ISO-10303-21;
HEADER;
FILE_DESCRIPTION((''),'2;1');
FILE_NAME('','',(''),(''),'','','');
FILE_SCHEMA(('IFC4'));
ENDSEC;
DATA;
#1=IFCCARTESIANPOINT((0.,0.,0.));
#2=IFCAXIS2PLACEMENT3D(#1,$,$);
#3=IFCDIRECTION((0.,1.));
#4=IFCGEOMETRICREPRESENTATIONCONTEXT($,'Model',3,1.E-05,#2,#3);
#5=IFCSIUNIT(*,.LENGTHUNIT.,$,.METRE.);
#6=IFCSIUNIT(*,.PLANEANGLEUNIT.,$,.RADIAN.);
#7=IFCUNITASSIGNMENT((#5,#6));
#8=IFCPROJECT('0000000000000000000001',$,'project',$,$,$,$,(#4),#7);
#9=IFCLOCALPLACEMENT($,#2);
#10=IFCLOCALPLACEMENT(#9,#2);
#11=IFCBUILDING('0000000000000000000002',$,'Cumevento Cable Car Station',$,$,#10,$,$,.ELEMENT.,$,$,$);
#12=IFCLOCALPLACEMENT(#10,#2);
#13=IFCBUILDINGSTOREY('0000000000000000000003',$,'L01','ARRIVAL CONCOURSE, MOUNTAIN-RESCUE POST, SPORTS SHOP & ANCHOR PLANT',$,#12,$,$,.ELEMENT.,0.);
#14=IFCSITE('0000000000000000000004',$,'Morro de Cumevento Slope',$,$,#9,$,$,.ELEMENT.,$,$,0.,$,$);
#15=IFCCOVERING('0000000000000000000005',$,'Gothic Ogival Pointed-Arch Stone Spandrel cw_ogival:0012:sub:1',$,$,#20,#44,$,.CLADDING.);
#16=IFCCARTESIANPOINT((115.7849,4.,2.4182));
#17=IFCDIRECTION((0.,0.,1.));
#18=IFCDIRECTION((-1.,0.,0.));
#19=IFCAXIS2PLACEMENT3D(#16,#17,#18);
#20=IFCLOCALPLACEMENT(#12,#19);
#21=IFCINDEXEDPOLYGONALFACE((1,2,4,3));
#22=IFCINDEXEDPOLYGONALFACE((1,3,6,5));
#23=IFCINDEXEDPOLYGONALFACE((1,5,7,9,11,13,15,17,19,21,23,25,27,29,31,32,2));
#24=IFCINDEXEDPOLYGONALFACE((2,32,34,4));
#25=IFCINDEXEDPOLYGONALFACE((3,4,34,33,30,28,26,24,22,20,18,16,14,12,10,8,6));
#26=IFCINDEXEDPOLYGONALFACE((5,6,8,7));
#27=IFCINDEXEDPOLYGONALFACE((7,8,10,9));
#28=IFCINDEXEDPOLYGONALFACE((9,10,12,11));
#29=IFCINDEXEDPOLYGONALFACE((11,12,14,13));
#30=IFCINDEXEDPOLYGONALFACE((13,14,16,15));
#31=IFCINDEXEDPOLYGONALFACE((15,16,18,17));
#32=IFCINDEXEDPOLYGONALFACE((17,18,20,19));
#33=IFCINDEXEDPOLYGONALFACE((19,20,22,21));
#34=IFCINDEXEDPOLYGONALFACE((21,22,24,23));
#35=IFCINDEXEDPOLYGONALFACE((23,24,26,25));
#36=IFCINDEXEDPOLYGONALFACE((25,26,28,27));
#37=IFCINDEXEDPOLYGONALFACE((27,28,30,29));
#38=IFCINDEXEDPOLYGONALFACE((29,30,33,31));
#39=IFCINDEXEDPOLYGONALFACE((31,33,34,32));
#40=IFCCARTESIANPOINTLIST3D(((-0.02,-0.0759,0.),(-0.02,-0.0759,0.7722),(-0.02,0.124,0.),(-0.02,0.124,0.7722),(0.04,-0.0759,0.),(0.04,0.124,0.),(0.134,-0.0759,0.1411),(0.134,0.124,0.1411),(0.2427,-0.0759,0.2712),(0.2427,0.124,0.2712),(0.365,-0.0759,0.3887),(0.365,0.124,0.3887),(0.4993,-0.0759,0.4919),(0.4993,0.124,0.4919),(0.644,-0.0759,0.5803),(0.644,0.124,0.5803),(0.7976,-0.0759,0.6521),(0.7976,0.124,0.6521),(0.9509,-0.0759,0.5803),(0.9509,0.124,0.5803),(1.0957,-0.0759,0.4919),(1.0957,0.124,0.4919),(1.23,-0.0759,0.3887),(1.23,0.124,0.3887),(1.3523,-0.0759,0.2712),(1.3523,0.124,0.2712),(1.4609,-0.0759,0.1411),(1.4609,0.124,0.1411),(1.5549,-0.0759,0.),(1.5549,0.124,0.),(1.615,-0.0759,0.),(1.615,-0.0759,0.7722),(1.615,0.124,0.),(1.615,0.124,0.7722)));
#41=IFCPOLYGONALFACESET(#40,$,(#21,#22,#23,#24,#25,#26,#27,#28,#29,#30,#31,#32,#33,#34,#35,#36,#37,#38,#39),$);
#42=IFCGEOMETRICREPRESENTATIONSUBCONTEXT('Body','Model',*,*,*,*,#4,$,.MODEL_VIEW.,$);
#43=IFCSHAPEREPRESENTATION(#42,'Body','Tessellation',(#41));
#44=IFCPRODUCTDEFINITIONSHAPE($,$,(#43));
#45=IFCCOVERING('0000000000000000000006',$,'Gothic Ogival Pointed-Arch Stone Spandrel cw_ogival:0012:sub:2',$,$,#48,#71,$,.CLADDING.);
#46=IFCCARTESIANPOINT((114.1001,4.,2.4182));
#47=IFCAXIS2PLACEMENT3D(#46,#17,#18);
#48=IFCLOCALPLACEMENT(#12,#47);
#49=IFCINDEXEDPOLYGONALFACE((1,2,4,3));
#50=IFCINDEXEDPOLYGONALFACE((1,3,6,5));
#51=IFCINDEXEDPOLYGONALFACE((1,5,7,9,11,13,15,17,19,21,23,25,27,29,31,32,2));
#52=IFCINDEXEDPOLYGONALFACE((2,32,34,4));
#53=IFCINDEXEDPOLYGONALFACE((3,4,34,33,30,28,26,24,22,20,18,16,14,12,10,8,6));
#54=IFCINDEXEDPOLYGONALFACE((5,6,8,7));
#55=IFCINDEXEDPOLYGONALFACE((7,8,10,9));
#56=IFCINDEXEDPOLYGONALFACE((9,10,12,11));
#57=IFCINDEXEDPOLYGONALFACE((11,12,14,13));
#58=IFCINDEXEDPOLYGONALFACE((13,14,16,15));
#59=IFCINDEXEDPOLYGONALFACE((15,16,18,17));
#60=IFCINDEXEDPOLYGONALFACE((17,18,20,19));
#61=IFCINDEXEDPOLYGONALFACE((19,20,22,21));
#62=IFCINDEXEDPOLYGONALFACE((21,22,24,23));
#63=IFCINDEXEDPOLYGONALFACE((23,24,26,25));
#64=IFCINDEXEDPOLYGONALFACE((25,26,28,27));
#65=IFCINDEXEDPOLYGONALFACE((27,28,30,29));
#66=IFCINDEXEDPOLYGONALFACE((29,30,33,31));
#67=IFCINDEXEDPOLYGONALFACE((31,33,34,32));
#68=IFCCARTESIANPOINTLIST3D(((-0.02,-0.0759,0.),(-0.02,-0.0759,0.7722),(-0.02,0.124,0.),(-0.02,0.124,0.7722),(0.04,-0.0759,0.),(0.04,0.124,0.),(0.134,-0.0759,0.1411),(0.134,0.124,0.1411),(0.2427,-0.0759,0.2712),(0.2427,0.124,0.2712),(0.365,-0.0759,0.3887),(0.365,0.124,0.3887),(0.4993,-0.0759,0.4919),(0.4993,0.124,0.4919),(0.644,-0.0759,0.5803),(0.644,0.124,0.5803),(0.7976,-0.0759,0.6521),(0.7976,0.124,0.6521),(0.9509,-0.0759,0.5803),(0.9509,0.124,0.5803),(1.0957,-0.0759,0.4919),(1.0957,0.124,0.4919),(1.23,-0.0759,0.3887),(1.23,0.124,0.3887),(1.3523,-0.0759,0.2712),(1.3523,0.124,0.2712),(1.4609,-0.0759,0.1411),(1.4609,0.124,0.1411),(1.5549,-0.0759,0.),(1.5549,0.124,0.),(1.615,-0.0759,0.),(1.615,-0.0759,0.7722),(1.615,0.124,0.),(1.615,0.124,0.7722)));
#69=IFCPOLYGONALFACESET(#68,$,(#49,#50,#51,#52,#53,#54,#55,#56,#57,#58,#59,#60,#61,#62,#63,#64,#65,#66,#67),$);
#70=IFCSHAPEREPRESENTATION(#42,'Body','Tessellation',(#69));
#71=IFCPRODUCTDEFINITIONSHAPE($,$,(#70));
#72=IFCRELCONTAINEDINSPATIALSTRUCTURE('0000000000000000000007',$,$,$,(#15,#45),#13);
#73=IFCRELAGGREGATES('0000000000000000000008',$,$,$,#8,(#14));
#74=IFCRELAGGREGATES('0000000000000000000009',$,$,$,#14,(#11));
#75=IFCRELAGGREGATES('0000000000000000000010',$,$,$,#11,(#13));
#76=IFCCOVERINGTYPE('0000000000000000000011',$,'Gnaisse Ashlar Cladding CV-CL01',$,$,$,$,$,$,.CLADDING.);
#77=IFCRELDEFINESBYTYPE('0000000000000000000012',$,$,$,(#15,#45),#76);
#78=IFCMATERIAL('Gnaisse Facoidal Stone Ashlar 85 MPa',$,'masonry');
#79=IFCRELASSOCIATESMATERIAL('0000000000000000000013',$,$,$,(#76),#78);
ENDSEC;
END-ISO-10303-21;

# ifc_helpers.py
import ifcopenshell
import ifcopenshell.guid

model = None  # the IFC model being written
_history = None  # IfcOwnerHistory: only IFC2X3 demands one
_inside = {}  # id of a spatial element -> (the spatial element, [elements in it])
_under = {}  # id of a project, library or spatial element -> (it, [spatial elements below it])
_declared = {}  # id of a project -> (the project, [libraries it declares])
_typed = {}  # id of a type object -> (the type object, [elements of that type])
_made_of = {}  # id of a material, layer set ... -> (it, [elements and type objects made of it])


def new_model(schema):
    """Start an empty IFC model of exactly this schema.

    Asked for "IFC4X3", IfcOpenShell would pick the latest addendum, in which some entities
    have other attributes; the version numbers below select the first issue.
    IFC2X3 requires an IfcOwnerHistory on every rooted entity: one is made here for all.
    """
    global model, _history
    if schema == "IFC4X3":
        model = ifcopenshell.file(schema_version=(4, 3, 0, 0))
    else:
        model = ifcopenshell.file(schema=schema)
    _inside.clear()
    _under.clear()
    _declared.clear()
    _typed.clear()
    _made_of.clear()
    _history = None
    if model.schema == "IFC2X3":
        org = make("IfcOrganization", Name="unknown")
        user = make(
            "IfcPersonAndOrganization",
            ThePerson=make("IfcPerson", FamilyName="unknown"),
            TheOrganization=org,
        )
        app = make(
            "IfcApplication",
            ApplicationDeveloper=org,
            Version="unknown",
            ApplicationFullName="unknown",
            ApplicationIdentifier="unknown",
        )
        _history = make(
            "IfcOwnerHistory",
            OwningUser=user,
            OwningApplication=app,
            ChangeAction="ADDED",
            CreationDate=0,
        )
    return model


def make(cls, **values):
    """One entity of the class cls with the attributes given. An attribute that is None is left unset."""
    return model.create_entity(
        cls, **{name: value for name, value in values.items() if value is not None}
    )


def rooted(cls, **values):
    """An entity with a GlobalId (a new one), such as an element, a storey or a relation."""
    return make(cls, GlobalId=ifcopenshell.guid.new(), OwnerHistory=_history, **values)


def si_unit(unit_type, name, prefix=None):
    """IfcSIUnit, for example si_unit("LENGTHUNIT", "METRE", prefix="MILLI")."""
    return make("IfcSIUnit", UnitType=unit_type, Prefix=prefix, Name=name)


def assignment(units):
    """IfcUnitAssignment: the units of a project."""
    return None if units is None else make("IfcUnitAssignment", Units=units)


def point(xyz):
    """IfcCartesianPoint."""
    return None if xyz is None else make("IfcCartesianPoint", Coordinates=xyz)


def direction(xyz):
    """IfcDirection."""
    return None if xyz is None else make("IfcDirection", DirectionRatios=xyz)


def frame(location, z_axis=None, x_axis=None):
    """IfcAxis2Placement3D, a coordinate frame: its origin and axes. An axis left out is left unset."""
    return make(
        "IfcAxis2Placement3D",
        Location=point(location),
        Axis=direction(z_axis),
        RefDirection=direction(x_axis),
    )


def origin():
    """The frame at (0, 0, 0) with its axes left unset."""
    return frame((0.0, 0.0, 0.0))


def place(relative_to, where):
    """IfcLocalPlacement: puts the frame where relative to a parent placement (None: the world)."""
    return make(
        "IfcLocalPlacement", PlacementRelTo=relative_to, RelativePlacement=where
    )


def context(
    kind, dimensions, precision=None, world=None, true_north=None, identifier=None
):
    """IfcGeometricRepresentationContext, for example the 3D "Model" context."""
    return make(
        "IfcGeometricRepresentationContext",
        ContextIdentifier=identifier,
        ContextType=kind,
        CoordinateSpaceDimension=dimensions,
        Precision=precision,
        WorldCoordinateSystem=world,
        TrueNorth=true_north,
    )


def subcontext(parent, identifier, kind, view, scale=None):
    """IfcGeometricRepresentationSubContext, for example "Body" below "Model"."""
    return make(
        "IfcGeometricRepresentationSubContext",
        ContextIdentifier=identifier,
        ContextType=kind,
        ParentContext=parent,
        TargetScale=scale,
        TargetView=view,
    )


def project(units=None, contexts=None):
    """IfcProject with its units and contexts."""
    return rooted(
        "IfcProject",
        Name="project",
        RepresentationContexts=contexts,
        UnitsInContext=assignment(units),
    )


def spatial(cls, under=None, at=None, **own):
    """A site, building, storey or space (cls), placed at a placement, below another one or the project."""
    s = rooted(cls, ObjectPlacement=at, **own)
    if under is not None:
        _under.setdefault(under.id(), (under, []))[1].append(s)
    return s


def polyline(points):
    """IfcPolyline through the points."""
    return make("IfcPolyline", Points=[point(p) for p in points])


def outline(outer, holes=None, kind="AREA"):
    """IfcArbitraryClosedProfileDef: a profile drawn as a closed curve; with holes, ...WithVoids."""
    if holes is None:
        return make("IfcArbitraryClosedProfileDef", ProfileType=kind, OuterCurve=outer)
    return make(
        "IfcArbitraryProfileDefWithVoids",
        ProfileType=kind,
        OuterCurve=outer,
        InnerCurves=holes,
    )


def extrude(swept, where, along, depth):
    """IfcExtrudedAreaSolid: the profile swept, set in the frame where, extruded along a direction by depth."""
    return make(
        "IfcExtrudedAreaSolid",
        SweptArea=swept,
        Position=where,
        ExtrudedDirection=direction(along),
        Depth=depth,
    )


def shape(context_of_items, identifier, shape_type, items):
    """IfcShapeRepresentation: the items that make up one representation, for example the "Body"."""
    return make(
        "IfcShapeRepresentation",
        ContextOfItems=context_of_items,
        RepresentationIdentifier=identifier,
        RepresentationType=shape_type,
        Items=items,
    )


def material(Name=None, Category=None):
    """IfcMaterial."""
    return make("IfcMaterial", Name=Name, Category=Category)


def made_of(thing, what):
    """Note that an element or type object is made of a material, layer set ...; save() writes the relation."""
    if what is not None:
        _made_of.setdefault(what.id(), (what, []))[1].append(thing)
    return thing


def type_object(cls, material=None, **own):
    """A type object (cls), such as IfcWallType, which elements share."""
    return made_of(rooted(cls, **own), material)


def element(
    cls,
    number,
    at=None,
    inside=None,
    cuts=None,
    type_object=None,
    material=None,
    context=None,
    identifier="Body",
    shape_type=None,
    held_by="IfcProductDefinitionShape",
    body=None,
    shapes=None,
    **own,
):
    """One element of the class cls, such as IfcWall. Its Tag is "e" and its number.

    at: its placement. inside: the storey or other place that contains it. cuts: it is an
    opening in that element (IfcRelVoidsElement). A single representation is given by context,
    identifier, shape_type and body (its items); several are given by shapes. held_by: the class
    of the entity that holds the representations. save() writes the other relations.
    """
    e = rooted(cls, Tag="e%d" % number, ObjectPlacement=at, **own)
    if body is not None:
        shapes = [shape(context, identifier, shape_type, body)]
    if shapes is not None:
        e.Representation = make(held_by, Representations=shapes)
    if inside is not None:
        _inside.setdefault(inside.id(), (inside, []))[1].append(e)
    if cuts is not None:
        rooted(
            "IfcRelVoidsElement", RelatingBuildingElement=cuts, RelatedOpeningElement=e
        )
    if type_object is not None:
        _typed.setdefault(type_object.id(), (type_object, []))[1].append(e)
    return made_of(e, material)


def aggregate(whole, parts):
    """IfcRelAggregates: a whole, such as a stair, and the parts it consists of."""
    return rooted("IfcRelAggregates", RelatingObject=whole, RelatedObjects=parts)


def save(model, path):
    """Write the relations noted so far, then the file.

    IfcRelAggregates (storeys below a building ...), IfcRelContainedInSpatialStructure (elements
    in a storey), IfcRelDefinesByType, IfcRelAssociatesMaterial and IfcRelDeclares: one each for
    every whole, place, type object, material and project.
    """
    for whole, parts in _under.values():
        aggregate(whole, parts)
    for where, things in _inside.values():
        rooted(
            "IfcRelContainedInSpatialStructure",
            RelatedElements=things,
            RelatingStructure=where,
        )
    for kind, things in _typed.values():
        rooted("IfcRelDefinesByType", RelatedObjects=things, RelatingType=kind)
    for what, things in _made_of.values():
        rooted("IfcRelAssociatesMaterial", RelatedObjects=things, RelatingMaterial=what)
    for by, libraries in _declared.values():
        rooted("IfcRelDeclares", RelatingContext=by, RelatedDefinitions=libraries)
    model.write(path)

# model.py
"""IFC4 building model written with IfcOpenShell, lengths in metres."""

from ifc_helpers import new_model, si_unit, direction, frame, origin, place, context, subcontext, project, spatial, polyline, outline, extrude, material, type_object, element, save


model = new_model("IFC4")

# Units and contexts
model_context = context("Model", 3, precision=1e-05, world=origin(), true_north=direction((0.0, 1.0)))
body_context = subcontext(model_context, "Body", "Model", "MODEL_VIEW")
ifc_project = project(units=[si_unit("LENGTHUNIT", "METRE"), si_unit("PLANEANGLEUNIT", "RADIAN")], contexts=[model_context])

# Site, building, storey
site_placement = place(None, origin())
site = spatial("IfcSite", under=ifc_project, at=site_placement, Name="Morro de Cumevento Slope", CompositionType="ELEMENT", RefElevation=0.0)
building_placement = place(site_placement, origin())
building = spatial("IfcBuilding", under=site, at=building_placement, Name="Cumevento Cable Car Station", CompositionType="ELEMENT")
storey_placement = place(building_placement, origin())
storey = spatial("IfcBuildingStorey", under=building, at=storey_placement, Name="L01", Description="ARRIVAL CONCOURSE, MOUNTAIN-RESCUE POST, SPORTS SHOP & ANCHOR PLANT", CompositionType="ELEMENT", Elevation=0.0)

# Coverings
ifc_material_1 = material(Name="Gnaisse Facoidal Stone Ashlar 85 MPa", Category="masonry")
covering_type = type_object("IfcCoveringType", Name="Gnaisse Ashlar Cladding CV-CL01", PredefinedType="CLADDING", material=ifc_material_1)
for number, where, z_axis, x_axis, name in (
    (1, (115.7849, 4.0, 2.4182), (0.0, 0.0, 1.0), (-1.0, 0.0, 0.0), "Gothic Ogival Pointed-Arch Stone Spandrel cw_ogival:0012:sub:1"),
    (2, (114.1001, 4.0, 2.4182), (0.0, 0.0, 1.0), (-1.0, 0.0, 0.0), "Gothic Ogival Pointed-Arch Stone Spandrel cw_ogival:0012:sub:2"),
):
    element("IfcCovering", number, at=place(storey_placement, frame(where, z_axis=z_axis, x_axis=x_axis)), inside=storey, type_object=covering_type, Name=name, PredefinedType="CLADDING", context=body_context, shape_type="SweptSolid", body=[
        extrude(outline(polyline([(-0.02, 0.0), (-0.02, 0.7722), (1.615, 0.7722), (1.615, 0.0), (1.5549, 0.0), (1.4609, 0.1411), (1.3523, 0.2712), (1.23, 0.3887), (1.0957, 0.4919), (0.9509, 0.5803), (0.7976, 0.6521), (0.644, 0.5803), (0.4993, 0.4919), (0.365, 0.3887), (0.2427, 0.2712), (0.134, 0.1411), (0.04, 0.0), (-0.02, 0.0)])), frame((0.0, 0.124, 0.0), z_axis=(0.0, -1.0, 0.0), x_axis=(1.0, 0.0, 0.0)), (0.0, 0.0, 1.0), 0.2),
    ])

save(model, "model.ifc")
